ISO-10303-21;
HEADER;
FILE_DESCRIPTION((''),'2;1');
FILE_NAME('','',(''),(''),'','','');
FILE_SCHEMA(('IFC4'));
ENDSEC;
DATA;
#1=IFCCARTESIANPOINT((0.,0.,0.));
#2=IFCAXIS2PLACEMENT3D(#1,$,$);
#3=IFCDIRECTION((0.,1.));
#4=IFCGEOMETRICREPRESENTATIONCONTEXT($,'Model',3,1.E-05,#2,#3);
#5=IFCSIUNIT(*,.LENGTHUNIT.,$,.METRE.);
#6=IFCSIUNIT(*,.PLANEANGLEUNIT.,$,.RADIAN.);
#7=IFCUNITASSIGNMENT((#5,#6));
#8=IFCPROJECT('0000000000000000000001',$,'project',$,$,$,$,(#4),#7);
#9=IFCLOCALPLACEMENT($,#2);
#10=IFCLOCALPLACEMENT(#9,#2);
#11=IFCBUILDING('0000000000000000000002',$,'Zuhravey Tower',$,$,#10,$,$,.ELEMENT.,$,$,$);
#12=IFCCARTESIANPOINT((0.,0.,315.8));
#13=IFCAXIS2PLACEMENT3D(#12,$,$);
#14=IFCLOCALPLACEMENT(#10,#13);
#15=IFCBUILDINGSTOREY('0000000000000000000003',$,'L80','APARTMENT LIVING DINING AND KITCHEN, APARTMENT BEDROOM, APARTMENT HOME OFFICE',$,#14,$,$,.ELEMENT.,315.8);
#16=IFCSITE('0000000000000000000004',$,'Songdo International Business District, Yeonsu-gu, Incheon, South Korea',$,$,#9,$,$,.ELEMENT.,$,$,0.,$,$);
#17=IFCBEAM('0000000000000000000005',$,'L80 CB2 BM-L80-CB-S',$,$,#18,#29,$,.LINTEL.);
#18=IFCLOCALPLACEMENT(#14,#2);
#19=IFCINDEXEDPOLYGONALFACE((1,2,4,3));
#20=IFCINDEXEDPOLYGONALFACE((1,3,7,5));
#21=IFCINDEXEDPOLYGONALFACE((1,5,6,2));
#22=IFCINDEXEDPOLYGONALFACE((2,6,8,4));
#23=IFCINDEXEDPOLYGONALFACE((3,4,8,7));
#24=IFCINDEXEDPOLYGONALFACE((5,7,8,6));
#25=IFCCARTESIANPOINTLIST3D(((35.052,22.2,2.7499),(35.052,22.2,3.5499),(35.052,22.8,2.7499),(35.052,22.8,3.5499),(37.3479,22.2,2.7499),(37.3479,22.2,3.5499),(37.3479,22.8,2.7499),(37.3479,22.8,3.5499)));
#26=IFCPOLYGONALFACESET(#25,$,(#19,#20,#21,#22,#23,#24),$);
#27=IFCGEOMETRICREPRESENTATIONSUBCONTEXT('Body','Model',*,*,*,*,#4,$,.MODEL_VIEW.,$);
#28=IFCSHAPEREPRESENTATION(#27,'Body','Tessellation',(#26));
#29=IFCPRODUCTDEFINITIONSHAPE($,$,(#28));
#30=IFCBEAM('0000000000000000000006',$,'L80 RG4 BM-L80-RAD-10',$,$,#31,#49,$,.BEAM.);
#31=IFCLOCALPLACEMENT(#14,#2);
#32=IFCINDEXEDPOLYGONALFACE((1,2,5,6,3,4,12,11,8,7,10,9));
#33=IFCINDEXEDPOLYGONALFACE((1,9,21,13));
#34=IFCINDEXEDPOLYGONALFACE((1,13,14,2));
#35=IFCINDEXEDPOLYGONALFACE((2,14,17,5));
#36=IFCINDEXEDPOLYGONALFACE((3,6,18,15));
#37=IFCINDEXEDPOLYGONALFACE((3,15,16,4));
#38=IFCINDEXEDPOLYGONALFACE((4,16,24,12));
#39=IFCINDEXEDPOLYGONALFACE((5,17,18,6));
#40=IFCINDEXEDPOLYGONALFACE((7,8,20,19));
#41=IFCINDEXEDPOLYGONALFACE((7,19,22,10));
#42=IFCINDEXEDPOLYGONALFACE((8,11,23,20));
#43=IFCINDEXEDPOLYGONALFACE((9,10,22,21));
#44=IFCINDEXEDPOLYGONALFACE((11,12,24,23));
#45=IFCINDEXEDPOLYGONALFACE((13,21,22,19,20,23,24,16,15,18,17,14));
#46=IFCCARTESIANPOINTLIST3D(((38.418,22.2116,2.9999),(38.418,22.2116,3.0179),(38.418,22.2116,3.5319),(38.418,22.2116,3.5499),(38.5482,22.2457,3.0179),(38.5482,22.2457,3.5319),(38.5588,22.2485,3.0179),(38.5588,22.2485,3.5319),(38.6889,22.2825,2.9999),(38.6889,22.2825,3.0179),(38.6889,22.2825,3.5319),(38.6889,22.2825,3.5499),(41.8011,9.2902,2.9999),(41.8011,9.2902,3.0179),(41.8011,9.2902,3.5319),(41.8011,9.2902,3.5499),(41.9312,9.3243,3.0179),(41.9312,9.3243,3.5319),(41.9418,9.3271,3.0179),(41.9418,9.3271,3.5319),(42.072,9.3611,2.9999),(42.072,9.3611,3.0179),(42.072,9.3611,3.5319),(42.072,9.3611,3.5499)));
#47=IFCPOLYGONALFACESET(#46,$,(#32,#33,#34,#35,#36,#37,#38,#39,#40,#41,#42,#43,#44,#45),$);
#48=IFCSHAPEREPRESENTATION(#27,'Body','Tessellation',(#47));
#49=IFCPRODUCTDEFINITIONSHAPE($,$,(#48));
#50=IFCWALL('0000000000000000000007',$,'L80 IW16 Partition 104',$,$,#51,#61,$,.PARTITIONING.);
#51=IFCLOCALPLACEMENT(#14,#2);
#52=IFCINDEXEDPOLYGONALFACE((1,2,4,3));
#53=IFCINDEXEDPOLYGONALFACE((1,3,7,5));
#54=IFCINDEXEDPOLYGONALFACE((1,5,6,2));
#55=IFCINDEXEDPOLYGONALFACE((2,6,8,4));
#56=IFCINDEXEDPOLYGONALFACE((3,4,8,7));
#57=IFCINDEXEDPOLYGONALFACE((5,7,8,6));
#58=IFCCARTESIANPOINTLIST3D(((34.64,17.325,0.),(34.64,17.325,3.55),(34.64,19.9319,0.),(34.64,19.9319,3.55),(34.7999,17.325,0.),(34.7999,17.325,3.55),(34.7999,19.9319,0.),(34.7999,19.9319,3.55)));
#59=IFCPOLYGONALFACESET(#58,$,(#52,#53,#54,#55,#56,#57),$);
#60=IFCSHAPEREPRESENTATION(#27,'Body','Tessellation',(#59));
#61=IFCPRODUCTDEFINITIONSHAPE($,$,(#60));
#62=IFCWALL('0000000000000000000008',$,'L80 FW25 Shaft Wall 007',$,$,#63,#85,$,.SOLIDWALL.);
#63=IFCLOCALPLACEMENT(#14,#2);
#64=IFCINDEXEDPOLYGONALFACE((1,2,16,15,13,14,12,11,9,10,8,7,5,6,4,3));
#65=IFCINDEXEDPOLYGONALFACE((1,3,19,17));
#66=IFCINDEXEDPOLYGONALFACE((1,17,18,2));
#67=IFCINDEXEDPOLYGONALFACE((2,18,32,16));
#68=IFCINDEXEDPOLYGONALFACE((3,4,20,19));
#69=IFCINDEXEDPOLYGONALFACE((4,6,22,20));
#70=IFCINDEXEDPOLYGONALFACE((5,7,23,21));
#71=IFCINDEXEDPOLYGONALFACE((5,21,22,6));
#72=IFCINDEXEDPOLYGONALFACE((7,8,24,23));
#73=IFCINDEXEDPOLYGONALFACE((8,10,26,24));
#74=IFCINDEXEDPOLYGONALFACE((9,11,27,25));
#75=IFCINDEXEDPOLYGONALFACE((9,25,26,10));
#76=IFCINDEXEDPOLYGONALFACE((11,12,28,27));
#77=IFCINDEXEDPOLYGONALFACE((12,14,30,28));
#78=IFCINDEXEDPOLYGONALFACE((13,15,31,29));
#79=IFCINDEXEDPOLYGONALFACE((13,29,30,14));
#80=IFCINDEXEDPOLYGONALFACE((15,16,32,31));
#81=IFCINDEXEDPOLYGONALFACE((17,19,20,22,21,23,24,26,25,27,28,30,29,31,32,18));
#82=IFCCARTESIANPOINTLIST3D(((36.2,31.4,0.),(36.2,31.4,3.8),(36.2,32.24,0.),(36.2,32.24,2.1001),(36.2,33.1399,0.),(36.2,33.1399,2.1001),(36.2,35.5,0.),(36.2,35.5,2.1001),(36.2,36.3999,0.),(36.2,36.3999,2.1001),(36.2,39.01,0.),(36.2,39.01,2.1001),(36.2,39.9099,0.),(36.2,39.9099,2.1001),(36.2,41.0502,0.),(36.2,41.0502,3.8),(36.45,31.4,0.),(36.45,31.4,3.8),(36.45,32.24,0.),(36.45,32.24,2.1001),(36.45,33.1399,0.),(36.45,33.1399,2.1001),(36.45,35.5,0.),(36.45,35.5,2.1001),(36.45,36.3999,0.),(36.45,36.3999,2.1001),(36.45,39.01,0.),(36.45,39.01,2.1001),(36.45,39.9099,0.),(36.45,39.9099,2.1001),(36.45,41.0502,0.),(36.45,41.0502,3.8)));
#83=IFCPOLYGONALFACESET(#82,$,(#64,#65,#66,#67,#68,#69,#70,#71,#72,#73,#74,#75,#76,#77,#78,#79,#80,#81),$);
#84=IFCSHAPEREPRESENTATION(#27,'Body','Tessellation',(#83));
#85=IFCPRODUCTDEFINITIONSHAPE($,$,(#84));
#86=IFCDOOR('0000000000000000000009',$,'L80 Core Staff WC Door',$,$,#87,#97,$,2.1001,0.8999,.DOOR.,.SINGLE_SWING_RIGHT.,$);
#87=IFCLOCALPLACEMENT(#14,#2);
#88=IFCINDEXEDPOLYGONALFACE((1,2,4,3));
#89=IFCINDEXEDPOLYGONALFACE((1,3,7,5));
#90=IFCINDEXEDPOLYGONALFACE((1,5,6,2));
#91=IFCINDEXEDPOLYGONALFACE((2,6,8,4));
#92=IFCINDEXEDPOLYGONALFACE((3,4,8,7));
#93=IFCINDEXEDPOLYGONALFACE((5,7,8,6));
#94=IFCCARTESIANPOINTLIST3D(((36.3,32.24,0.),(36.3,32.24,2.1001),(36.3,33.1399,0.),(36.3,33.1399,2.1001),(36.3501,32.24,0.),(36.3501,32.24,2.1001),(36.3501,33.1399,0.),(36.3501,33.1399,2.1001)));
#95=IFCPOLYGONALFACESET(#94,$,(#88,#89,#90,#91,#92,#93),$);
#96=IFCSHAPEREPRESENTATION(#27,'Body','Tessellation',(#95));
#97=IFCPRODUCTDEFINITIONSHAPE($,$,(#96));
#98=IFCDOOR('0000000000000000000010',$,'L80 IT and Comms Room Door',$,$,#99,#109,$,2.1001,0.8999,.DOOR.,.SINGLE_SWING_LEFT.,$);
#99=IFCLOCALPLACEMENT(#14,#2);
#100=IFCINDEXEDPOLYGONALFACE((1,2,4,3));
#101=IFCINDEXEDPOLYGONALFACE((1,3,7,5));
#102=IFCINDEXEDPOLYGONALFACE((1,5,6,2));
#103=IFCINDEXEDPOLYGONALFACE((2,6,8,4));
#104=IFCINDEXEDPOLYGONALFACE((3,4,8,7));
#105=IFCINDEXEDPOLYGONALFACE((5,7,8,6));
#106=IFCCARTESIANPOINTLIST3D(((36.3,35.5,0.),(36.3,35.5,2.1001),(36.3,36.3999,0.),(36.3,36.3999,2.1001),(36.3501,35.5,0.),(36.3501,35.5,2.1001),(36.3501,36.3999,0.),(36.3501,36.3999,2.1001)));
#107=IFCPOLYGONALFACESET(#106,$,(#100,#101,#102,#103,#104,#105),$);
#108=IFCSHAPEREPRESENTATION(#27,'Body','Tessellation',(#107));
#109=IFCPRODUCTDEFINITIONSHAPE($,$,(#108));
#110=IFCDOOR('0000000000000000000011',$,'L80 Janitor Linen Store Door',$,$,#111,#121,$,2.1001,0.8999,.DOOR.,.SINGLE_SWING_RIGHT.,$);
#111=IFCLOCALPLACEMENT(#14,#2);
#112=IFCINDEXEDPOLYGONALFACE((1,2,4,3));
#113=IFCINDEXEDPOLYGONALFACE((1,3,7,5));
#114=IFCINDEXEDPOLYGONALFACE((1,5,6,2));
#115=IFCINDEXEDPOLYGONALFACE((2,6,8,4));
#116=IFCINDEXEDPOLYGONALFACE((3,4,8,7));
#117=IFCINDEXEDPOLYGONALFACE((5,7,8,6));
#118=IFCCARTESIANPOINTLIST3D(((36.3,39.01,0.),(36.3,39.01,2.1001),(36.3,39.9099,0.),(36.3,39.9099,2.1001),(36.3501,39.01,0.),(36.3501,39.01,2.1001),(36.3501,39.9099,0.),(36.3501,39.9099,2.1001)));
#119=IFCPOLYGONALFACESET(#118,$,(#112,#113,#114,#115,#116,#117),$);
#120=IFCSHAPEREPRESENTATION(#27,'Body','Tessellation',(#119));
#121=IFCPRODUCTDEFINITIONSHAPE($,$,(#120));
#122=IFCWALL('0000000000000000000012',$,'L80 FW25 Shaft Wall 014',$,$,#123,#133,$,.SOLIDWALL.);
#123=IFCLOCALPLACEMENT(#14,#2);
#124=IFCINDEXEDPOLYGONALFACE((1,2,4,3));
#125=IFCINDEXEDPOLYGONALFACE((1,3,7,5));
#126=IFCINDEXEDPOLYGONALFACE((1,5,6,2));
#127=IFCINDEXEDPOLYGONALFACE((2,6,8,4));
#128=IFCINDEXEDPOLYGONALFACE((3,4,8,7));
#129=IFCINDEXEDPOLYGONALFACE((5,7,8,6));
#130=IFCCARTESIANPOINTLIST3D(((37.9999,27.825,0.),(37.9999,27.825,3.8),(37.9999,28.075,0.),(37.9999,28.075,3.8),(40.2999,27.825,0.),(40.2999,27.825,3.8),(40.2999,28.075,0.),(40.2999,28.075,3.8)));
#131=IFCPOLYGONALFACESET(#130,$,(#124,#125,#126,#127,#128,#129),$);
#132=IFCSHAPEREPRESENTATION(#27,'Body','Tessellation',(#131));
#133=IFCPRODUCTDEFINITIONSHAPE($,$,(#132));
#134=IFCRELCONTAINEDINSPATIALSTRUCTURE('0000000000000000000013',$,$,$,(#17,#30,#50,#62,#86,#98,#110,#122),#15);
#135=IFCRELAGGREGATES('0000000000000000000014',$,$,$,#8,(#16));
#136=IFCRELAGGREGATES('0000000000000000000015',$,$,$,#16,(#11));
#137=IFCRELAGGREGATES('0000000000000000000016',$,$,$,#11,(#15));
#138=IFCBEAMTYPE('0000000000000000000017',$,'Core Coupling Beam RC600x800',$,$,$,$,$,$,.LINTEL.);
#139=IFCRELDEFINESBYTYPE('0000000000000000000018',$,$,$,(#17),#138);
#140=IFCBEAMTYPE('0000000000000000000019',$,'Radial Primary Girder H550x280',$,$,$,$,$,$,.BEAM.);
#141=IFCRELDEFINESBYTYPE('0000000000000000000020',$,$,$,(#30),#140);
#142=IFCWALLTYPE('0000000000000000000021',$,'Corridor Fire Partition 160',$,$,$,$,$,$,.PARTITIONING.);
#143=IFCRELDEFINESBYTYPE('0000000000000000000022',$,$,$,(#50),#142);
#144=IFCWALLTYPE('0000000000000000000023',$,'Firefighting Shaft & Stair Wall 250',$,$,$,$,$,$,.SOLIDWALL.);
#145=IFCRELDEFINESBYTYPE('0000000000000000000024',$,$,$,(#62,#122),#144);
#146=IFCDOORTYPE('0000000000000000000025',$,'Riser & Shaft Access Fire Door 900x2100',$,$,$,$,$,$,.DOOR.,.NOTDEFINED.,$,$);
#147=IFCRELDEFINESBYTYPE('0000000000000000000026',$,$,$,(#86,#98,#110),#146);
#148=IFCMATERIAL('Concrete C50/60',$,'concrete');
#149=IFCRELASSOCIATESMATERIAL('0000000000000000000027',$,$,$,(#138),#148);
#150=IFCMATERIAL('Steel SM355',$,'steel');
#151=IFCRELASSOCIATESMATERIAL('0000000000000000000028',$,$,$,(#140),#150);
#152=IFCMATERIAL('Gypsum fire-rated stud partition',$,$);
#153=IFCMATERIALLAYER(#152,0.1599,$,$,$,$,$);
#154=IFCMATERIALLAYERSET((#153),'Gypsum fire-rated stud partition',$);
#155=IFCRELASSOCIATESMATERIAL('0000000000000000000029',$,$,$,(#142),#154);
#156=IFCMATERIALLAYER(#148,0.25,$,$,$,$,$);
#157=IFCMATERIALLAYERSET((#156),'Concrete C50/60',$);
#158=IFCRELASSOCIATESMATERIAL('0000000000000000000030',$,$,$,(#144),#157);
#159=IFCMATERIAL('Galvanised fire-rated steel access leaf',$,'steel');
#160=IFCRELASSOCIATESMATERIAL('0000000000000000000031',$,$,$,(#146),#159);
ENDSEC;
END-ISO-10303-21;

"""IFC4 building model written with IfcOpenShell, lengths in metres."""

from ifc_helpers import new_model, si_unit, direction, frame, frame_2d, origin, origin_2d, place, context, subcontext, project, spatial, rectangle, i_section, extrude, material, layer, layer_set, material_profile, profile_set, type_object, element, fill, save


model = new_model("IFC4")

# Units and contexts
model_context = context("Model", 3, precision=1e-05, world=origin(), true_north=direction((0.0, 1.0)))
body_context = subcontext(model_context, "Body", "Model", "MODEL_VIEW")
ifc_project = project(units=[si_unit("LENGTHUNIT", "METRE"), si_unit("PLANEANGLEUNIT", "RADIAN")], contexts=[model_context])

# Site, building, storey
site_placement = place(None, origin())
site = spatial("IfcSite", under=ifc_project, at=site_placement, Name="Songdo International Business District, Yeonsu-gu, Incheon, South Korea", CompositionType="ELEMENT", RefElevation=0.0)
building_placement = place(site_placement, origin())
building = spatial("IfcBuilding", under=site, at=building_placement, Name="Zuhravey Tower", CompositionType="ELEMENT")
storey_placement = place(building_placement, frame((0.0, 0.0, 315.8)))
storey = spatial("IfcBuildingStorey", under=building, at=storey_placement, Name="L80", Description="APARTMENT LIVING DINING AND KITCHEN, APARTMENT BEDROOM, APARTMENT HOME OFFICE", CompositionType="ELEMENT", Elevation=315.8)

# Beams
ifc_material_1 = material(Name="Concrete C50/60", Category="concrete")
ifc_material_profile_1 = material_profile(ifc_material_1, rectangle(XDim=0.6001, YDim=0.8, at=origin_2d()), Name="RC-600x800")
ifc_profile_set_1 = profile_set([ifc_material_profile_1], Name="Concrete C50/60")
beam_type_1 = type_object("IfcBeamType", Name="Core Coupling Beam RC600x800", PredefinedType="LINTEL", material=ifc_profile_set_1)
beam_1_placement = place(storey_placement, frame((35.052, 22.5, 3.1499), z_axis=(1.0, 0.0, 0.0), x_axis=(0.0, 1.0, 0.0)))
element("IfcBeam", 1, at=beam_1_placement, inside=storey, type_object=beam_type_1, Name="L80 CB2 BM-L80-CB-S", PredefinedType="LINTEL", context=body_context, shape_type="SweptSolid", body=[
    extrude(rectangle(XDim=0.6001, YDim=0.8, at=origin_2d()), origin(), (0.0, 0.0, 1.0), 2.2959),
])
ifc_material_2 = material(Name="Steel SM355", Category="steel")
ifc_material_profile_2 = material_profile(ifc_material_2, i_section(OverallWidth=0.28, OverallDepth=0.55, WebThickness=0.011, FlangeThickness=0.0181, at=origin_2d()), Name="H-550x280x11x18")
ifc_profile_set_2 = profile_set([ifc_material_profile_2], Name="Steel SM355")
beam_type_2 = type_object("IfcBeamType", Name="Radial Primary Girder H550x280", PredefinedType="BEAM", material=ifc_profile_set_2)
beam_2_placement = place(storey_placement, frame((38.5535, 22.2471, 3.2749), z_axis=(0.253281, -0.967393, 0.0), x_axis=(0.967393, 0.253281, 0.0)))
element("IfcBeam", 2, at=beam_2_placement, inside=storey, type_object=beam_type_2, Name="L80 RG4 BM-L80-RAD-10", PredefinedType="BEAM", context=body_context, shape_type="SweptSolid", body=[
    extrude(i_section(OverallWidth=0.28, OverallDepth=0.55, WebThickness=0.011, FlangeThickness=0.0181, at=origin_2d()), origin(), (0.0, 0.0, 1.0), 13.3569),
])

# Shared definitions
ifc_material_3 = material(Name="Gypsum fire-rated stud partition")
ifc_layer_1 = layer(ifc_material_3, 0.1599)
ifc_layer_set_1 = layer_set([ifc_layer_1], Name="Gypsum fire-rated stud partition")
wall_type_1 = type_object("IfcWallType", Name="Corridor Fire Partition 160", PredefinedType="PARTITIONING", material=ifc_layer_set_1)

# Wall
wall_1_placement = place(storey_placement, frame((34.72, 19.9319, 0.0), z_axis=(0.0, 0.0, 1.0), x_axis=(0.0, -1.0, 0.0)))
element("IfcWall", 3, at=wall_1_placement, inside=storey, type_object=wall_type_1, Name="L80 IW16 Partition 104", PredefinedType="PARTITIONING", context=body_context, shape_type="SweptSolid", body=[
    extrude(rectangle(XDim=2.6069, YDim=0.1599, at=frame_2d((1.3035, 0.0))), origin(), (0.0, 0.0, 1.0), 3.55),
])

# Shared definitions
ifc_layer_2 = layer(ifc_material_1, 0.25)
ifc_layer_set_2 = layer_set([ifc_layer_2], Name="Concrete C50/60")
wall_type_2 = type_object("IfcWallType", Name="Firefighting Shaft & Stair Wall 250", PredefinedType="SOLIDWALL", material=ifc_layer_set_2)

# Wall, openings, doors
wall_2_placement = place(storey_placement, frame((36.325, 31.3999, 0.0), z_axis=(0.0, 0.0, 1.0), x_axis=(0.0, 1.0, 0.0)))
wall_2 = element("IfcWall", 4, at=wall_2_placement, inside=storey, type_object=wall_type_2, Name="L80 FW25 Shaft Wall 007", PredefinedType="SOLIDWALL", context=body_context, shape_type="SweptSolid", body=[
    extrude(rectangle(XDim=9.6501, YDim=0.25, at=frame_2d((4.8252, 0.0))), origin(), (0.0, 0.0, 1.0), 3.8),
])
opening_1_placement = place(wall_2_placement, frame((0.8401, 0.0, 0.0)))
opening_1 = element("IfcOpeningElement", 5, at=opening_1_placement, cuts=wall_2, PredefinedType="OPENING", context=body_context, shape_type="SweptSolid", body=[
    extrude(rectangle(XDim=0.8999, YDim=2.1001, at=frame_2d((0.45, 1.05))), frame((0.0, 0.137, 0.0), z_axis=(0.0, -1.0, 0.0), x_axis=(1.0, 0.0, 0.0)), (0.0, 0.0, 1.0), 0.2739),
])
opening_2_placement = place(wall_2_placement, frame((4.1001, 0.0, 0.0)))
opening_2 = element("IfcOpeningElement", 6, at=opening_2_placement, cuts=wall_2, PredefinedType="OPENING", context=body_context, shape_type="SweptSolid", body=[
    extrude(rectangle(XDim=0.8999, YDim=2.1001, at=frame_2d((0.45, 1.05))), frame((0.0, 0.137, 0.0), z_axis=(0.0, -1.0, 0.0), x_axis=(1.0, 0.0, 0.0)), (0.0, 0.0, 1.0), 0.2739),
])
opening_3_placement = place(wall_2_placement, frame((7.6101, 0.0, 0.0)))
opening_3 = element("IfcOpeningElement", 7, at=opening_3_placement, cuts=wall_2, PredefinedType="OPENING", context=body_context, shape_type="SweptSolid", body=[
    extrude(rectangle(XDim=0.8999, YDim=2.1001, at=frame_2d((0.45, 1.05))), frame((0.0, 0.137, 0.0), z_axis=(0.0, -1.0, 0.0), x_axis=(1.0, 0.0, 0.0)), (0.0, 0.0, 1.0), 0.2739),
])
ifc_material_4 = material(Name="Galvanised fire-rated steel access leaf", Category="steel")
door_type_1 = type_object("IfcDoorType", Name="Riser & Shaft Access Fire Door 900x2100", OperationType="NOTDEFINED", PredefinedType="DOOR", material=ifc_material_4)
door_1_placement = place(opening_1_placement, origin())
door_1 = element("IfcDoor", 8, at=door_1_placement, inside=storey, type_object=door_type_1, Name="L80 Core Staff WC Door", OperationType="SINGLE_SWING_RIGHT", OverallHeight=2.1001, OverallWidth=0.8999, PredefinedType="DOOR", context=body_context, shape_type="SweptSolid", body=[
    extrude(rectangle(XDim=0.8999, YDim=2.1001, at=frame_2d((0.45, 1.05))), frame((0.0, 0.0249, 0.0), z_axis=(0.0, -1.0, 0.0), x_axis=(1.0, 0.0, 0.0)), (0.0, 0.0, 1.0), 0.05),
])
fill(opening_1, door_1)
door_2_placement = place(opening_2_placement, origin())
door_2 = element("IfcDoor", 9, at=door_2_placement, inside=storey, type_object=door_type_1, Name="L80 IT and Comms Room Door", OperationType="SINGLE_SWING_LEFT", OverallHeight=2.1001, OverallWidth=0.8999, PredefinedType="DOOR", context=body_context, shape_type="SweptSolid", body=[
    extrude(rectangle(XDim=0.8999, YDim=2.1001, at=frame_2d((0.45, 1.05))), frame((0.0, 0.0249, 0.0), z_axis=(0.0, -1.0, 0.0), x_axis=(1.0, 0.0, 0.0)), (0.0, 0.0, 1.0), 0.05),
])
fill(opening_2, door_2)
door_3_placement = place(opening_3_placement, origin())
door_3 = element("IfcDoor", 10, at=door_3_placement, inside=storey, type_object=door_type_1, Name="L80 Janitor Linen Store Door", OperationType="SINGLE_SWING_RIGHT", OverallHeight=2.1001, OverallWidth=0.8999, PredefinedType="DOOR", context=body_context, shape_type="SweptSolid", body=[
    extrude(rectangle(XDim=0.8999, YDim=2.1001, at=frame_2d((0.45, 1.05))), frame((0.0, 0.0249, 0.0), z_axis=(0.0, -1.0, 0.0), x_axis=(1.0, 0.0, 0.0)), (0.0, 0.0, 1.0), 0.05),
])
fill(opening_3, door_3)

# Wall
wall_3_placement = place(storey_placement, frame((38.0, 27.95, 0.0), z_axis=(0.0, 0.0, 1.0), x_axis=(1.0, 0.0, 0.0)))
element("IfcWall", 11, at=wall_3_placement, inside=storey, type_object=wall_type_2, Name="L80 FW25 Shaft Wall 014", PredefinedType="SOLIDWALL", context=body_context, shape_type="SweptSolid", body=[
    extrude(rectangle(XDim=2.3, YDim=0.25, at=frame_2d((1.1499, 0.0))), origin(), (0.0, 0.0, 1.0), 3.8),
])

save(model, "model.ifc")
